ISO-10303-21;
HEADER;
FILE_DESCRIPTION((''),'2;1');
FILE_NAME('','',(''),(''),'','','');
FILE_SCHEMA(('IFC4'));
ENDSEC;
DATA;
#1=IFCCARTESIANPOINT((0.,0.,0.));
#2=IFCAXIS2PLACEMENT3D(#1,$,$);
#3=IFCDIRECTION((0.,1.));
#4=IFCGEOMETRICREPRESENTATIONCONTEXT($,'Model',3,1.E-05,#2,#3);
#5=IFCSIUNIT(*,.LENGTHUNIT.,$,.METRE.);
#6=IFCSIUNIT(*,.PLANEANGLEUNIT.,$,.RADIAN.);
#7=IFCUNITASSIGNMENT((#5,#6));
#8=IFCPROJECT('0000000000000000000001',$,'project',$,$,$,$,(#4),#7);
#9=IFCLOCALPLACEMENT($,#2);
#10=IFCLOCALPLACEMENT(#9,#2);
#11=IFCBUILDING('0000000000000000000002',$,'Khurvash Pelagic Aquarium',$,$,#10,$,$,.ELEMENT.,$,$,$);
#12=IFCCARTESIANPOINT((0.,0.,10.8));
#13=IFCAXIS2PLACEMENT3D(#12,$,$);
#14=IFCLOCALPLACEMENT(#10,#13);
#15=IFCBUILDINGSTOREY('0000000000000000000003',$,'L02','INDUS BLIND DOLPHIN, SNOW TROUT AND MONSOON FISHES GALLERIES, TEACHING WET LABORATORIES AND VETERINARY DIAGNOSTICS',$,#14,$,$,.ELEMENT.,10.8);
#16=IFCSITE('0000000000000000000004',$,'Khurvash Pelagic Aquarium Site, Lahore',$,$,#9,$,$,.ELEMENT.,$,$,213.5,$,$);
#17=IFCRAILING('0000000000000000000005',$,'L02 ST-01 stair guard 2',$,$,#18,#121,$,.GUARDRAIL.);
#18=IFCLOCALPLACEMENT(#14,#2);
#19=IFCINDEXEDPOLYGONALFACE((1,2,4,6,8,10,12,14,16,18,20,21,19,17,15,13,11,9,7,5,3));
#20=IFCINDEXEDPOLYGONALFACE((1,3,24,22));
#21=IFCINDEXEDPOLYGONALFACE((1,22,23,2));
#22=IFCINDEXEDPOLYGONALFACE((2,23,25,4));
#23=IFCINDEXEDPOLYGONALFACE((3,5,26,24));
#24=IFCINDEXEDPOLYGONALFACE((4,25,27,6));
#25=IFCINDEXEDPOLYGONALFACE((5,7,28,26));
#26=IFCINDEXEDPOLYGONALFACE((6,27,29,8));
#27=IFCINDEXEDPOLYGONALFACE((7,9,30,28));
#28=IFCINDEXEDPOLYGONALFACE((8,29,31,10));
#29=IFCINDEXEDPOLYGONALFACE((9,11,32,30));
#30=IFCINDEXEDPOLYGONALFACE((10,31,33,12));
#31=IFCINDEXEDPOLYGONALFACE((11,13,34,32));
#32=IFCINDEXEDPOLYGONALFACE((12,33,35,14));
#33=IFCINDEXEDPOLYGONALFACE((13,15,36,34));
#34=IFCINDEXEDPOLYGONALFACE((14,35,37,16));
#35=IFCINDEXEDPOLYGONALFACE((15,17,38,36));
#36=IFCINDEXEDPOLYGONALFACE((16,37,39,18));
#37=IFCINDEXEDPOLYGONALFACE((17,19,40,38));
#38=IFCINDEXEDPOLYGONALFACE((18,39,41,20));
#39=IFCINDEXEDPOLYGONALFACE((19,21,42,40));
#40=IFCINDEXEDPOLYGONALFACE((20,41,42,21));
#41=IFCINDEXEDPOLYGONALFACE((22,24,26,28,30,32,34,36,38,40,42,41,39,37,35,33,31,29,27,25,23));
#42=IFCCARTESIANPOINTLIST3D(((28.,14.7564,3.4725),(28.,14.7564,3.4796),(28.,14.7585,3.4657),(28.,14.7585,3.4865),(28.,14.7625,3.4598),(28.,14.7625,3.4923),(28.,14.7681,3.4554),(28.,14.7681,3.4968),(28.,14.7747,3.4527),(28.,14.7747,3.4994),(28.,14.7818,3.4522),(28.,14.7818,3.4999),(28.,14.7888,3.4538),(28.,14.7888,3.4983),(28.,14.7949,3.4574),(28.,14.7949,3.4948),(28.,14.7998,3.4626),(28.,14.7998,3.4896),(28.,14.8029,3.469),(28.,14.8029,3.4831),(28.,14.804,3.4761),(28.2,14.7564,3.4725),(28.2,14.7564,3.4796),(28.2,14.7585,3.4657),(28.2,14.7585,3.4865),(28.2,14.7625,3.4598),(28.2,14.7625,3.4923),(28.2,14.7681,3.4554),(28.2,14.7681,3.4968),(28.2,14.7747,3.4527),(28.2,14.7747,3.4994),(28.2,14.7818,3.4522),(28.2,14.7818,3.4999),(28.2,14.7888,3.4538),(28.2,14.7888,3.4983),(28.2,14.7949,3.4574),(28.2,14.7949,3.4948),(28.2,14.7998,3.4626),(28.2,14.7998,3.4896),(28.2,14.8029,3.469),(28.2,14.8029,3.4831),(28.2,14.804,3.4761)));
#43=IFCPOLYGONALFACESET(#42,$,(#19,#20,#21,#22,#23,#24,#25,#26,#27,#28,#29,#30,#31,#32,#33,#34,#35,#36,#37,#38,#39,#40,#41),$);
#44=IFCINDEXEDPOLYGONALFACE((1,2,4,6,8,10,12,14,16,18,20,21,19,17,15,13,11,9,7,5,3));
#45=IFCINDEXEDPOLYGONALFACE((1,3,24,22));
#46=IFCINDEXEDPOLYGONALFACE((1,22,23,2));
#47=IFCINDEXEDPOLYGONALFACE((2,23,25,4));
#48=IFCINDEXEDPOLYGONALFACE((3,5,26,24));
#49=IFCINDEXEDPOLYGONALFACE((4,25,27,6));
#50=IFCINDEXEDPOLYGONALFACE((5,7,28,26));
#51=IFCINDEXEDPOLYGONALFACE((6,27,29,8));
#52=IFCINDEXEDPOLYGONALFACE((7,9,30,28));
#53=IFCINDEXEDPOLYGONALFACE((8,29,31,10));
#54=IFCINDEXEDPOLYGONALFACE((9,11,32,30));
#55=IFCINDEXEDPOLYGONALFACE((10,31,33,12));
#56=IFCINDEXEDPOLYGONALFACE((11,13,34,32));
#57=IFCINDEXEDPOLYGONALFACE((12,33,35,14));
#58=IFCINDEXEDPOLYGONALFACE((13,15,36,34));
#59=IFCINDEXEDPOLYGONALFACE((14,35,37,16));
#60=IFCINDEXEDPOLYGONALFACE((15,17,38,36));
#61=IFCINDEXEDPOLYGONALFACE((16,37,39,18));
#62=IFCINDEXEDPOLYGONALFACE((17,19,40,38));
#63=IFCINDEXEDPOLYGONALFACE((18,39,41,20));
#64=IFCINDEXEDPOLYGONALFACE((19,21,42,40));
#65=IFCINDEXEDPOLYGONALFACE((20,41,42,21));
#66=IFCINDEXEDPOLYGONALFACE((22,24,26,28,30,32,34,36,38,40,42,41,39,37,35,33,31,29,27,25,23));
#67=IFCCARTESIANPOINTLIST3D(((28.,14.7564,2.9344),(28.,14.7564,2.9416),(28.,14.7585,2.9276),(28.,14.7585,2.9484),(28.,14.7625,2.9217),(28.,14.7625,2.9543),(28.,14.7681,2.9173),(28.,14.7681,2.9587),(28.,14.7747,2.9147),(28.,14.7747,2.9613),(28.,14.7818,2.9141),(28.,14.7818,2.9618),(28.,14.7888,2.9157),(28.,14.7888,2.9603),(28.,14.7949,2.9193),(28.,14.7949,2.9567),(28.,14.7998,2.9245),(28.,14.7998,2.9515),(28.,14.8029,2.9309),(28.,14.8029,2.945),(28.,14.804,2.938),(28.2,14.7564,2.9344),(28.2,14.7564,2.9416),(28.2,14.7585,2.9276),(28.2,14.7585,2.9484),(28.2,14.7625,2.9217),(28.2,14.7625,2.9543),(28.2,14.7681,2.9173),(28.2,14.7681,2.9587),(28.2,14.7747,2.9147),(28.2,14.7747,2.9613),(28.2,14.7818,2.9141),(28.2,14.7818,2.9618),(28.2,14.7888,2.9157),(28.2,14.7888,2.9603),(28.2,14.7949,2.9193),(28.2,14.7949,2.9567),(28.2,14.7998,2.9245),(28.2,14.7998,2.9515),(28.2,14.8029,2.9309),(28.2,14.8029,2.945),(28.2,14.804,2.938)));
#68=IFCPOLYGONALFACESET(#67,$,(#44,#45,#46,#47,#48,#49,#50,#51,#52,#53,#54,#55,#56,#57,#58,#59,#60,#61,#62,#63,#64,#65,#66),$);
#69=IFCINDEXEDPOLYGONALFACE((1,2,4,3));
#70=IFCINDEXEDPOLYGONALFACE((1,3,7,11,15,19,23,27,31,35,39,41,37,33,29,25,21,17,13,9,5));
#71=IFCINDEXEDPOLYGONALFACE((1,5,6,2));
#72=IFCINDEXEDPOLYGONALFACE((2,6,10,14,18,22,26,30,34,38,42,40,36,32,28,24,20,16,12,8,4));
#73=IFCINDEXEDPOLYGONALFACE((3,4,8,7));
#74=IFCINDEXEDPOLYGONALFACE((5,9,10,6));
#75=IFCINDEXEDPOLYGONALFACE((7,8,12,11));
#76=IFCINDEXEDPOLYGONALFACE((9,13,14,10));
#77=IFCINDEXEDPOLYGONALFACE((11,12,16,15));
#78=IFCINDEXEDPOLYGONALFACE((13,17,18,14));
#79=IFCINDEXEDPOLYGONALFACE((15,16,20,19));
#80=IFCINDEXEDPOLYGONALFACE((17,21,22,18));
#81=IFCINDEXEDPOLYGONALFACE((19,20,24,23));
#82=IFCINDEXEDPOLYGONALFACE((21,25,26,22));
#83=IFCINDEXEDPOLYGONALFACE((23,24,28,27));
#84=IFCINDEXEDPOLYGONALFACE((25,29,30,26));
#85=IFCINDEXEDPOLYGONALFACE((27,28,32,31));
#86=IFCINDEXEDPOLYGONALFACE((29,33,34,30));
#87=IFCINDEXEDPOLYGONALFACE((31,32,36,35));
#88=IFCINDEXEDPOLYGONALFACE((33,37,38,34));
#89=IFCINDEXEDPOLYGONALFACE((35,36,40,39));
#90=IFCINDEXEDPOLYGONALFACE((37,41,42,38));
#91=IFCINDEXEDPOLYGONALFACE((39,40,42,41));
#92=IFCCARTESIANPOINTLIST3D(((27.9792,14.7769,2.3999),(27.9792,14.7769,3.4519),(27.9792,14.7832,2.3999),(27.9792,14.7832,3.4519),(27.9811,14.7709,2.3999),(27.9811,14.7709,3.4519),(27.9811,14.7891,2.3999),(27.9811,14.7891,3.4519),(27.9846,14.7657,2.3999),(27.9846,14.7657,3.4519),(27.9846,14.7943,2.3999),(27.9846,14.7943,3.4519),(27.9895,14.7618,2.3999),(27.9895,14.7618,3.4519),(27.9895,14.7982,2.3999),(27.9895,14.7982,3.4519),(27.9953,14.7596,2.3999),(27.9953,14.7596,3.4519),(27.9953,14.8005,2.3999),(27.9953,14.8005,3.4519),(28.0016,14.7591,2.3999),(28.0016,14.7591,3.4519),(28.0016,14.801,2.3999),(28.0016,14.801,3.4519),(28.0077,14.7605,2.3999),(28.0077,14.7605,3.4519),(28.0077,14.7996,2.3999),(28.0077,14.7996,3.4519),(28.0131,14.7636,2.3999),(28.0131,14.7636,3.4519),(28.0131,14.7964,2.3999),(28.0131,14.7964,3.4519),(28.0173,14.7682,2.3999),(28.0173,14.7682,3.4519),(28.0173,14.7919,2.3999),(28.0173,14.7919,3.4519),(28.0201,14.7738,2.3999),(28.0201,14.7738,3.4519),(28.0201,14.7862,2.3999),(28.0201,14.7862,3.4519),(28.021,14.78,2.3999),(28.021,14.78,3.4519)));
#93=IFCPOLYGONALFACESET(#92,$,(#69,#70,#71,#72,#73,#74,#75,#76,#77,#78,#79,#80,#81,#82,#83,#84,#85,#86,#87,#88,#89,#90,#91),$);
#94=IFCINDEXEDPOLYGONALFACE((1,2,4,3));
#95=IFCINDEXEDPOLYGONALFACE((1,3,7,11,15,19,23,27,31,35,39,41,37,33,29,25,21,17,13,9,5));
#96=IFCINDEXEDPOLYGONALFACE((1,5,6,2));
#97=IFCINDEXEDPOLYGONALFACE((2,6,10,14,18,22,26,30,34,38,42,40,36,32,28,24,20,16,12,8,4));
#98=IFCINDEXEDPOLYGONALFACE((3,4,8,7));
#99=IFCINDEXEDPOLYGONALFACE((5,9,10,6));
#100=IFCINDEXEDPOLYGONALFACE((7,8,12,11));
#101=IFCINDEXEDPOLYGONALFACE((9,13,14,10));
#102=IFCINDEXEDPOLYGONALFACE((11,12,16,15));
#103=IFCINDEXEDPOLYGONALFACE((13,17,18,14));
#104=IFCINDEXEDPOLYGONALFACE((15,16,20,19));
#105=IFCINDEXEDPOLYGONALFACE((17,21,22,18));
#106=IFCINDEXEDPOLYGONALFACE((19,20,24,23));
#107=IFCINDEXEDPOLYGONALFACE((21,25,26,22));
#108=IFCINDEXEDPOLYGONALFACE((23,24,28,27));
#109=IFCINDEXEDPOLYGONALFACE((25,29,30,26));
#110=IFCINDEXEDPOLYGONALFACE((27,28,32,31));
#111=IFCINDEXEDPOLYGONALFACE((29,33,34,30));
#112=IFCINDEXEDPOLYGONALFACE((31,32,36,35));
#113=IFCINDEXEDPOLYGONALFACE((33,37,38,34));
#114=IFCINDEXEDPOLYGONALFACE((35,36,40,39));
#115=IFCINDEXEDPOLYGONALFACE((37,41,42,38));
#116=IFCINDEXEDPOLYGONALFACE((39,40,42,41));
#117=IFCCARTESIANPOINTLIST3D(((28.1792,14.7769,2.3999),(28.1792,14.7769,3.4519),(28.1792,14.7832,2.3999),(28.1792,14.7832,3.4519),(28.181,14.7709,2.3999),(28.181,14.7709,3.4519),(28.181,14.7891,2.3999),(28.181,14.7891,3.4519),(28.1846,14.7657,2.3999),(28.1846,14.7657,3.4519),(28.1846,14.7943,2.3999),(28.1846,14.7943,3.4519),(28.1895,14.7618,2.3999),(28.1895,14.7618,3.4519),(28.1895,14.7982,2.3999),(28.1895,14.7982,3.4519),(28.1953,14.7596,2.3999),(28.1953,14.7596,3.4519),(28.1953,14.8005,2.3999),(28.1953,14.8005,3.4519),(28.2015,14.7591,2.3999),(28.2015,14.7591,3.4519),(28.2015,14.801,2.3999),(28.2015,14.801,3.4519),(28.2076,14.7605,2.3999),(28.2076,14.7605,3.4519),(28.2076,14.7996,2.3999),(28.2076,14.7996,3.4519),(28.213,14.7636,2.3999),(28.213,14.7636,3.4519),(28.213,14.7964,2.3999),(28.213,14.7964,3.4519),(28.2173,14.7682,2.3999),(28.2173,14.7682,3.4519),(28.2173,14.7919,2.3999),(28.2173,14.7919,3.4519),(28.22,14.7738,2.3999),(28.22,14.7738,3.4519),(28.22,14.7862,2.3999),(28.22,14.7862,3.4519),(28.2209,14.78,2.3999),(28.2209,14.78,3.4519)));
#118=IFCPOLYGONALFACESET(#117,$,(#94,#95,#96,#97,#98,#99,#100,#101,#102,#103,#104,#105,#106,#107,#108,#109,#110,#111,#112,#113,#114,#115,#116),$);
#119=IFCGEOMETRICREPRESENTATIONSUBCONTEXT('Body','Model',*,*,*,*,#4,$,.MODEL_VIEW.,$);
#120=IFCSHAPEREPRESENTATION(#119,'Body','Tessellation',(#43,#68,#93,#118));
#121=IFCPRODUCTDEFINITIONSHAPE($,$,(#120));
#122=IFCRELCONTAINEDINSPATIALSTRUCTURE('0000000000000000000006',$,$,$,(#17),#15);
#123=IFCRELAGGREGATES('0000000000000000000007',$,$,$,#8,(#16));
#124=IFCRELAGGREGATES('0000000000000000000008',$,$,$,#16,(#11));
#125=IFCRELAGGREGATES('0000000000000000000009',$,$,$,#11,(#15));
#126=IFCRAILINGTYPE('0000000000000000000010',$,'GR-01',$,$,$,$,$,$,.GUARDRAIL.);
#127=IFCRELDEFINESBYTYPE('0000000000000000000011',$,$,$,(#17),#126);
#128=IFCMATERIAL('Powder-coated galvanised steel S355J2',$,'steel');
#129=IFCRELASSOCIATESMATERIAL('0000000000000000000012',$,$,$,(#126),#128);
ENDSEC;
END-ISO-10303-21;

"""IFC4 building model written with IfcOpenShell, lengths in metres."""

from ifc_helpers import new_model, si_unit, direction, frame, origin, origin_2d, place, context, subcontext, project, spatial, circle, extrude, material, type_object, element, save


model = new_model("IFC4")

# Units and contexts
model_context = context("Model", 3, precision=1e-05, world=origin(), true_north=direction((0.0, 1.0)))
body_context = subcontext(model_context, "Body", "Model", "MODEL_VIEW")
ifc_project = project(units=[si_unit("LENGTHUNIT", "METRE"), si_unit("PLANEANGLEUNIT", "RADIAN")], contexts=[model_context])

# Site, building, storey
site_placement = place(None, origin())
site = spatial("IfcSite", under=ifc_project, at=site_placement, Name="Khurvash Pelagic Aquarium Site, Lahore", CompositionType="ELEMENT", RefElevation=213.5)
building_placement = place(site_placement, origin())
building = spatial("IfcBuilding", under=site, at=building_placement, Name="Khurvash Pelagic Aquarium", CompositionType="ELEMENT")
storey_placement = place(building_placement, frame((0.0, 0.0, 10.8)))
storey = spatial("IfcBuildingStorey", under=building, at=storey_placement, Name="L02", Description="INDUS BLIND DOLPHIN, SNOW TROUT AND MONSOON FISHES GALLERIES, TEACHING WET LABORATORIES AND VETERINARY DIAGNOSTICS", CompositionType="ELEMENT", Elevation=10.8)

# Railing
ifc_material_1 = material(Name="Powder-coated galvanised steel S355J2", Category="steel")
railing_type_1 = type_object("IfcRailingType", Name="GR-01", PredefinedType="GUARDRAIL", material=ifc_material_1)
railing_1_placement = place(storey_placement, frame((28.0, 14.78, 2.3999)))
element("IfcRailing", 1, at=railing_1_placement, inside=storey, type_object=railing_type_1, Name="L02 ST-01 stair guard 2", PredefinedType="GUARDRAIL", context=body_context, shape_type="SweptSolid", body=[
    extrude(circle(Radius=0.0239, at=origin_2d()), frame((0.0, 0.0, 1.0762), z_axis=(1.0, 0.0, 0.0), x_axis=(0.0, 1.0, 0.0)), (0.0, 0.0, 1.0), 0.2),
    extrude(circle(Radius=0.0239, at=origin_2d()), frame((0.0, 0.0, 0.5381), z_axis=(1.0, 0.0, 0.0), x_axis=(0.0, 1.0, 0.0)), (0.0, 0.0, 1.0), 0.2),
    extrude(circle(Radius=0.021, at=origin_2d()), origin(), (0.0, 0.0, 1.0), 1.052),
    extrude(circle(Radius=0.021, at=origin_2d()), frame((0.2, 0.0, 0.0)), (0.0, 0.0, 1.0), 1.052),
])

save(model, "model.ifc")
